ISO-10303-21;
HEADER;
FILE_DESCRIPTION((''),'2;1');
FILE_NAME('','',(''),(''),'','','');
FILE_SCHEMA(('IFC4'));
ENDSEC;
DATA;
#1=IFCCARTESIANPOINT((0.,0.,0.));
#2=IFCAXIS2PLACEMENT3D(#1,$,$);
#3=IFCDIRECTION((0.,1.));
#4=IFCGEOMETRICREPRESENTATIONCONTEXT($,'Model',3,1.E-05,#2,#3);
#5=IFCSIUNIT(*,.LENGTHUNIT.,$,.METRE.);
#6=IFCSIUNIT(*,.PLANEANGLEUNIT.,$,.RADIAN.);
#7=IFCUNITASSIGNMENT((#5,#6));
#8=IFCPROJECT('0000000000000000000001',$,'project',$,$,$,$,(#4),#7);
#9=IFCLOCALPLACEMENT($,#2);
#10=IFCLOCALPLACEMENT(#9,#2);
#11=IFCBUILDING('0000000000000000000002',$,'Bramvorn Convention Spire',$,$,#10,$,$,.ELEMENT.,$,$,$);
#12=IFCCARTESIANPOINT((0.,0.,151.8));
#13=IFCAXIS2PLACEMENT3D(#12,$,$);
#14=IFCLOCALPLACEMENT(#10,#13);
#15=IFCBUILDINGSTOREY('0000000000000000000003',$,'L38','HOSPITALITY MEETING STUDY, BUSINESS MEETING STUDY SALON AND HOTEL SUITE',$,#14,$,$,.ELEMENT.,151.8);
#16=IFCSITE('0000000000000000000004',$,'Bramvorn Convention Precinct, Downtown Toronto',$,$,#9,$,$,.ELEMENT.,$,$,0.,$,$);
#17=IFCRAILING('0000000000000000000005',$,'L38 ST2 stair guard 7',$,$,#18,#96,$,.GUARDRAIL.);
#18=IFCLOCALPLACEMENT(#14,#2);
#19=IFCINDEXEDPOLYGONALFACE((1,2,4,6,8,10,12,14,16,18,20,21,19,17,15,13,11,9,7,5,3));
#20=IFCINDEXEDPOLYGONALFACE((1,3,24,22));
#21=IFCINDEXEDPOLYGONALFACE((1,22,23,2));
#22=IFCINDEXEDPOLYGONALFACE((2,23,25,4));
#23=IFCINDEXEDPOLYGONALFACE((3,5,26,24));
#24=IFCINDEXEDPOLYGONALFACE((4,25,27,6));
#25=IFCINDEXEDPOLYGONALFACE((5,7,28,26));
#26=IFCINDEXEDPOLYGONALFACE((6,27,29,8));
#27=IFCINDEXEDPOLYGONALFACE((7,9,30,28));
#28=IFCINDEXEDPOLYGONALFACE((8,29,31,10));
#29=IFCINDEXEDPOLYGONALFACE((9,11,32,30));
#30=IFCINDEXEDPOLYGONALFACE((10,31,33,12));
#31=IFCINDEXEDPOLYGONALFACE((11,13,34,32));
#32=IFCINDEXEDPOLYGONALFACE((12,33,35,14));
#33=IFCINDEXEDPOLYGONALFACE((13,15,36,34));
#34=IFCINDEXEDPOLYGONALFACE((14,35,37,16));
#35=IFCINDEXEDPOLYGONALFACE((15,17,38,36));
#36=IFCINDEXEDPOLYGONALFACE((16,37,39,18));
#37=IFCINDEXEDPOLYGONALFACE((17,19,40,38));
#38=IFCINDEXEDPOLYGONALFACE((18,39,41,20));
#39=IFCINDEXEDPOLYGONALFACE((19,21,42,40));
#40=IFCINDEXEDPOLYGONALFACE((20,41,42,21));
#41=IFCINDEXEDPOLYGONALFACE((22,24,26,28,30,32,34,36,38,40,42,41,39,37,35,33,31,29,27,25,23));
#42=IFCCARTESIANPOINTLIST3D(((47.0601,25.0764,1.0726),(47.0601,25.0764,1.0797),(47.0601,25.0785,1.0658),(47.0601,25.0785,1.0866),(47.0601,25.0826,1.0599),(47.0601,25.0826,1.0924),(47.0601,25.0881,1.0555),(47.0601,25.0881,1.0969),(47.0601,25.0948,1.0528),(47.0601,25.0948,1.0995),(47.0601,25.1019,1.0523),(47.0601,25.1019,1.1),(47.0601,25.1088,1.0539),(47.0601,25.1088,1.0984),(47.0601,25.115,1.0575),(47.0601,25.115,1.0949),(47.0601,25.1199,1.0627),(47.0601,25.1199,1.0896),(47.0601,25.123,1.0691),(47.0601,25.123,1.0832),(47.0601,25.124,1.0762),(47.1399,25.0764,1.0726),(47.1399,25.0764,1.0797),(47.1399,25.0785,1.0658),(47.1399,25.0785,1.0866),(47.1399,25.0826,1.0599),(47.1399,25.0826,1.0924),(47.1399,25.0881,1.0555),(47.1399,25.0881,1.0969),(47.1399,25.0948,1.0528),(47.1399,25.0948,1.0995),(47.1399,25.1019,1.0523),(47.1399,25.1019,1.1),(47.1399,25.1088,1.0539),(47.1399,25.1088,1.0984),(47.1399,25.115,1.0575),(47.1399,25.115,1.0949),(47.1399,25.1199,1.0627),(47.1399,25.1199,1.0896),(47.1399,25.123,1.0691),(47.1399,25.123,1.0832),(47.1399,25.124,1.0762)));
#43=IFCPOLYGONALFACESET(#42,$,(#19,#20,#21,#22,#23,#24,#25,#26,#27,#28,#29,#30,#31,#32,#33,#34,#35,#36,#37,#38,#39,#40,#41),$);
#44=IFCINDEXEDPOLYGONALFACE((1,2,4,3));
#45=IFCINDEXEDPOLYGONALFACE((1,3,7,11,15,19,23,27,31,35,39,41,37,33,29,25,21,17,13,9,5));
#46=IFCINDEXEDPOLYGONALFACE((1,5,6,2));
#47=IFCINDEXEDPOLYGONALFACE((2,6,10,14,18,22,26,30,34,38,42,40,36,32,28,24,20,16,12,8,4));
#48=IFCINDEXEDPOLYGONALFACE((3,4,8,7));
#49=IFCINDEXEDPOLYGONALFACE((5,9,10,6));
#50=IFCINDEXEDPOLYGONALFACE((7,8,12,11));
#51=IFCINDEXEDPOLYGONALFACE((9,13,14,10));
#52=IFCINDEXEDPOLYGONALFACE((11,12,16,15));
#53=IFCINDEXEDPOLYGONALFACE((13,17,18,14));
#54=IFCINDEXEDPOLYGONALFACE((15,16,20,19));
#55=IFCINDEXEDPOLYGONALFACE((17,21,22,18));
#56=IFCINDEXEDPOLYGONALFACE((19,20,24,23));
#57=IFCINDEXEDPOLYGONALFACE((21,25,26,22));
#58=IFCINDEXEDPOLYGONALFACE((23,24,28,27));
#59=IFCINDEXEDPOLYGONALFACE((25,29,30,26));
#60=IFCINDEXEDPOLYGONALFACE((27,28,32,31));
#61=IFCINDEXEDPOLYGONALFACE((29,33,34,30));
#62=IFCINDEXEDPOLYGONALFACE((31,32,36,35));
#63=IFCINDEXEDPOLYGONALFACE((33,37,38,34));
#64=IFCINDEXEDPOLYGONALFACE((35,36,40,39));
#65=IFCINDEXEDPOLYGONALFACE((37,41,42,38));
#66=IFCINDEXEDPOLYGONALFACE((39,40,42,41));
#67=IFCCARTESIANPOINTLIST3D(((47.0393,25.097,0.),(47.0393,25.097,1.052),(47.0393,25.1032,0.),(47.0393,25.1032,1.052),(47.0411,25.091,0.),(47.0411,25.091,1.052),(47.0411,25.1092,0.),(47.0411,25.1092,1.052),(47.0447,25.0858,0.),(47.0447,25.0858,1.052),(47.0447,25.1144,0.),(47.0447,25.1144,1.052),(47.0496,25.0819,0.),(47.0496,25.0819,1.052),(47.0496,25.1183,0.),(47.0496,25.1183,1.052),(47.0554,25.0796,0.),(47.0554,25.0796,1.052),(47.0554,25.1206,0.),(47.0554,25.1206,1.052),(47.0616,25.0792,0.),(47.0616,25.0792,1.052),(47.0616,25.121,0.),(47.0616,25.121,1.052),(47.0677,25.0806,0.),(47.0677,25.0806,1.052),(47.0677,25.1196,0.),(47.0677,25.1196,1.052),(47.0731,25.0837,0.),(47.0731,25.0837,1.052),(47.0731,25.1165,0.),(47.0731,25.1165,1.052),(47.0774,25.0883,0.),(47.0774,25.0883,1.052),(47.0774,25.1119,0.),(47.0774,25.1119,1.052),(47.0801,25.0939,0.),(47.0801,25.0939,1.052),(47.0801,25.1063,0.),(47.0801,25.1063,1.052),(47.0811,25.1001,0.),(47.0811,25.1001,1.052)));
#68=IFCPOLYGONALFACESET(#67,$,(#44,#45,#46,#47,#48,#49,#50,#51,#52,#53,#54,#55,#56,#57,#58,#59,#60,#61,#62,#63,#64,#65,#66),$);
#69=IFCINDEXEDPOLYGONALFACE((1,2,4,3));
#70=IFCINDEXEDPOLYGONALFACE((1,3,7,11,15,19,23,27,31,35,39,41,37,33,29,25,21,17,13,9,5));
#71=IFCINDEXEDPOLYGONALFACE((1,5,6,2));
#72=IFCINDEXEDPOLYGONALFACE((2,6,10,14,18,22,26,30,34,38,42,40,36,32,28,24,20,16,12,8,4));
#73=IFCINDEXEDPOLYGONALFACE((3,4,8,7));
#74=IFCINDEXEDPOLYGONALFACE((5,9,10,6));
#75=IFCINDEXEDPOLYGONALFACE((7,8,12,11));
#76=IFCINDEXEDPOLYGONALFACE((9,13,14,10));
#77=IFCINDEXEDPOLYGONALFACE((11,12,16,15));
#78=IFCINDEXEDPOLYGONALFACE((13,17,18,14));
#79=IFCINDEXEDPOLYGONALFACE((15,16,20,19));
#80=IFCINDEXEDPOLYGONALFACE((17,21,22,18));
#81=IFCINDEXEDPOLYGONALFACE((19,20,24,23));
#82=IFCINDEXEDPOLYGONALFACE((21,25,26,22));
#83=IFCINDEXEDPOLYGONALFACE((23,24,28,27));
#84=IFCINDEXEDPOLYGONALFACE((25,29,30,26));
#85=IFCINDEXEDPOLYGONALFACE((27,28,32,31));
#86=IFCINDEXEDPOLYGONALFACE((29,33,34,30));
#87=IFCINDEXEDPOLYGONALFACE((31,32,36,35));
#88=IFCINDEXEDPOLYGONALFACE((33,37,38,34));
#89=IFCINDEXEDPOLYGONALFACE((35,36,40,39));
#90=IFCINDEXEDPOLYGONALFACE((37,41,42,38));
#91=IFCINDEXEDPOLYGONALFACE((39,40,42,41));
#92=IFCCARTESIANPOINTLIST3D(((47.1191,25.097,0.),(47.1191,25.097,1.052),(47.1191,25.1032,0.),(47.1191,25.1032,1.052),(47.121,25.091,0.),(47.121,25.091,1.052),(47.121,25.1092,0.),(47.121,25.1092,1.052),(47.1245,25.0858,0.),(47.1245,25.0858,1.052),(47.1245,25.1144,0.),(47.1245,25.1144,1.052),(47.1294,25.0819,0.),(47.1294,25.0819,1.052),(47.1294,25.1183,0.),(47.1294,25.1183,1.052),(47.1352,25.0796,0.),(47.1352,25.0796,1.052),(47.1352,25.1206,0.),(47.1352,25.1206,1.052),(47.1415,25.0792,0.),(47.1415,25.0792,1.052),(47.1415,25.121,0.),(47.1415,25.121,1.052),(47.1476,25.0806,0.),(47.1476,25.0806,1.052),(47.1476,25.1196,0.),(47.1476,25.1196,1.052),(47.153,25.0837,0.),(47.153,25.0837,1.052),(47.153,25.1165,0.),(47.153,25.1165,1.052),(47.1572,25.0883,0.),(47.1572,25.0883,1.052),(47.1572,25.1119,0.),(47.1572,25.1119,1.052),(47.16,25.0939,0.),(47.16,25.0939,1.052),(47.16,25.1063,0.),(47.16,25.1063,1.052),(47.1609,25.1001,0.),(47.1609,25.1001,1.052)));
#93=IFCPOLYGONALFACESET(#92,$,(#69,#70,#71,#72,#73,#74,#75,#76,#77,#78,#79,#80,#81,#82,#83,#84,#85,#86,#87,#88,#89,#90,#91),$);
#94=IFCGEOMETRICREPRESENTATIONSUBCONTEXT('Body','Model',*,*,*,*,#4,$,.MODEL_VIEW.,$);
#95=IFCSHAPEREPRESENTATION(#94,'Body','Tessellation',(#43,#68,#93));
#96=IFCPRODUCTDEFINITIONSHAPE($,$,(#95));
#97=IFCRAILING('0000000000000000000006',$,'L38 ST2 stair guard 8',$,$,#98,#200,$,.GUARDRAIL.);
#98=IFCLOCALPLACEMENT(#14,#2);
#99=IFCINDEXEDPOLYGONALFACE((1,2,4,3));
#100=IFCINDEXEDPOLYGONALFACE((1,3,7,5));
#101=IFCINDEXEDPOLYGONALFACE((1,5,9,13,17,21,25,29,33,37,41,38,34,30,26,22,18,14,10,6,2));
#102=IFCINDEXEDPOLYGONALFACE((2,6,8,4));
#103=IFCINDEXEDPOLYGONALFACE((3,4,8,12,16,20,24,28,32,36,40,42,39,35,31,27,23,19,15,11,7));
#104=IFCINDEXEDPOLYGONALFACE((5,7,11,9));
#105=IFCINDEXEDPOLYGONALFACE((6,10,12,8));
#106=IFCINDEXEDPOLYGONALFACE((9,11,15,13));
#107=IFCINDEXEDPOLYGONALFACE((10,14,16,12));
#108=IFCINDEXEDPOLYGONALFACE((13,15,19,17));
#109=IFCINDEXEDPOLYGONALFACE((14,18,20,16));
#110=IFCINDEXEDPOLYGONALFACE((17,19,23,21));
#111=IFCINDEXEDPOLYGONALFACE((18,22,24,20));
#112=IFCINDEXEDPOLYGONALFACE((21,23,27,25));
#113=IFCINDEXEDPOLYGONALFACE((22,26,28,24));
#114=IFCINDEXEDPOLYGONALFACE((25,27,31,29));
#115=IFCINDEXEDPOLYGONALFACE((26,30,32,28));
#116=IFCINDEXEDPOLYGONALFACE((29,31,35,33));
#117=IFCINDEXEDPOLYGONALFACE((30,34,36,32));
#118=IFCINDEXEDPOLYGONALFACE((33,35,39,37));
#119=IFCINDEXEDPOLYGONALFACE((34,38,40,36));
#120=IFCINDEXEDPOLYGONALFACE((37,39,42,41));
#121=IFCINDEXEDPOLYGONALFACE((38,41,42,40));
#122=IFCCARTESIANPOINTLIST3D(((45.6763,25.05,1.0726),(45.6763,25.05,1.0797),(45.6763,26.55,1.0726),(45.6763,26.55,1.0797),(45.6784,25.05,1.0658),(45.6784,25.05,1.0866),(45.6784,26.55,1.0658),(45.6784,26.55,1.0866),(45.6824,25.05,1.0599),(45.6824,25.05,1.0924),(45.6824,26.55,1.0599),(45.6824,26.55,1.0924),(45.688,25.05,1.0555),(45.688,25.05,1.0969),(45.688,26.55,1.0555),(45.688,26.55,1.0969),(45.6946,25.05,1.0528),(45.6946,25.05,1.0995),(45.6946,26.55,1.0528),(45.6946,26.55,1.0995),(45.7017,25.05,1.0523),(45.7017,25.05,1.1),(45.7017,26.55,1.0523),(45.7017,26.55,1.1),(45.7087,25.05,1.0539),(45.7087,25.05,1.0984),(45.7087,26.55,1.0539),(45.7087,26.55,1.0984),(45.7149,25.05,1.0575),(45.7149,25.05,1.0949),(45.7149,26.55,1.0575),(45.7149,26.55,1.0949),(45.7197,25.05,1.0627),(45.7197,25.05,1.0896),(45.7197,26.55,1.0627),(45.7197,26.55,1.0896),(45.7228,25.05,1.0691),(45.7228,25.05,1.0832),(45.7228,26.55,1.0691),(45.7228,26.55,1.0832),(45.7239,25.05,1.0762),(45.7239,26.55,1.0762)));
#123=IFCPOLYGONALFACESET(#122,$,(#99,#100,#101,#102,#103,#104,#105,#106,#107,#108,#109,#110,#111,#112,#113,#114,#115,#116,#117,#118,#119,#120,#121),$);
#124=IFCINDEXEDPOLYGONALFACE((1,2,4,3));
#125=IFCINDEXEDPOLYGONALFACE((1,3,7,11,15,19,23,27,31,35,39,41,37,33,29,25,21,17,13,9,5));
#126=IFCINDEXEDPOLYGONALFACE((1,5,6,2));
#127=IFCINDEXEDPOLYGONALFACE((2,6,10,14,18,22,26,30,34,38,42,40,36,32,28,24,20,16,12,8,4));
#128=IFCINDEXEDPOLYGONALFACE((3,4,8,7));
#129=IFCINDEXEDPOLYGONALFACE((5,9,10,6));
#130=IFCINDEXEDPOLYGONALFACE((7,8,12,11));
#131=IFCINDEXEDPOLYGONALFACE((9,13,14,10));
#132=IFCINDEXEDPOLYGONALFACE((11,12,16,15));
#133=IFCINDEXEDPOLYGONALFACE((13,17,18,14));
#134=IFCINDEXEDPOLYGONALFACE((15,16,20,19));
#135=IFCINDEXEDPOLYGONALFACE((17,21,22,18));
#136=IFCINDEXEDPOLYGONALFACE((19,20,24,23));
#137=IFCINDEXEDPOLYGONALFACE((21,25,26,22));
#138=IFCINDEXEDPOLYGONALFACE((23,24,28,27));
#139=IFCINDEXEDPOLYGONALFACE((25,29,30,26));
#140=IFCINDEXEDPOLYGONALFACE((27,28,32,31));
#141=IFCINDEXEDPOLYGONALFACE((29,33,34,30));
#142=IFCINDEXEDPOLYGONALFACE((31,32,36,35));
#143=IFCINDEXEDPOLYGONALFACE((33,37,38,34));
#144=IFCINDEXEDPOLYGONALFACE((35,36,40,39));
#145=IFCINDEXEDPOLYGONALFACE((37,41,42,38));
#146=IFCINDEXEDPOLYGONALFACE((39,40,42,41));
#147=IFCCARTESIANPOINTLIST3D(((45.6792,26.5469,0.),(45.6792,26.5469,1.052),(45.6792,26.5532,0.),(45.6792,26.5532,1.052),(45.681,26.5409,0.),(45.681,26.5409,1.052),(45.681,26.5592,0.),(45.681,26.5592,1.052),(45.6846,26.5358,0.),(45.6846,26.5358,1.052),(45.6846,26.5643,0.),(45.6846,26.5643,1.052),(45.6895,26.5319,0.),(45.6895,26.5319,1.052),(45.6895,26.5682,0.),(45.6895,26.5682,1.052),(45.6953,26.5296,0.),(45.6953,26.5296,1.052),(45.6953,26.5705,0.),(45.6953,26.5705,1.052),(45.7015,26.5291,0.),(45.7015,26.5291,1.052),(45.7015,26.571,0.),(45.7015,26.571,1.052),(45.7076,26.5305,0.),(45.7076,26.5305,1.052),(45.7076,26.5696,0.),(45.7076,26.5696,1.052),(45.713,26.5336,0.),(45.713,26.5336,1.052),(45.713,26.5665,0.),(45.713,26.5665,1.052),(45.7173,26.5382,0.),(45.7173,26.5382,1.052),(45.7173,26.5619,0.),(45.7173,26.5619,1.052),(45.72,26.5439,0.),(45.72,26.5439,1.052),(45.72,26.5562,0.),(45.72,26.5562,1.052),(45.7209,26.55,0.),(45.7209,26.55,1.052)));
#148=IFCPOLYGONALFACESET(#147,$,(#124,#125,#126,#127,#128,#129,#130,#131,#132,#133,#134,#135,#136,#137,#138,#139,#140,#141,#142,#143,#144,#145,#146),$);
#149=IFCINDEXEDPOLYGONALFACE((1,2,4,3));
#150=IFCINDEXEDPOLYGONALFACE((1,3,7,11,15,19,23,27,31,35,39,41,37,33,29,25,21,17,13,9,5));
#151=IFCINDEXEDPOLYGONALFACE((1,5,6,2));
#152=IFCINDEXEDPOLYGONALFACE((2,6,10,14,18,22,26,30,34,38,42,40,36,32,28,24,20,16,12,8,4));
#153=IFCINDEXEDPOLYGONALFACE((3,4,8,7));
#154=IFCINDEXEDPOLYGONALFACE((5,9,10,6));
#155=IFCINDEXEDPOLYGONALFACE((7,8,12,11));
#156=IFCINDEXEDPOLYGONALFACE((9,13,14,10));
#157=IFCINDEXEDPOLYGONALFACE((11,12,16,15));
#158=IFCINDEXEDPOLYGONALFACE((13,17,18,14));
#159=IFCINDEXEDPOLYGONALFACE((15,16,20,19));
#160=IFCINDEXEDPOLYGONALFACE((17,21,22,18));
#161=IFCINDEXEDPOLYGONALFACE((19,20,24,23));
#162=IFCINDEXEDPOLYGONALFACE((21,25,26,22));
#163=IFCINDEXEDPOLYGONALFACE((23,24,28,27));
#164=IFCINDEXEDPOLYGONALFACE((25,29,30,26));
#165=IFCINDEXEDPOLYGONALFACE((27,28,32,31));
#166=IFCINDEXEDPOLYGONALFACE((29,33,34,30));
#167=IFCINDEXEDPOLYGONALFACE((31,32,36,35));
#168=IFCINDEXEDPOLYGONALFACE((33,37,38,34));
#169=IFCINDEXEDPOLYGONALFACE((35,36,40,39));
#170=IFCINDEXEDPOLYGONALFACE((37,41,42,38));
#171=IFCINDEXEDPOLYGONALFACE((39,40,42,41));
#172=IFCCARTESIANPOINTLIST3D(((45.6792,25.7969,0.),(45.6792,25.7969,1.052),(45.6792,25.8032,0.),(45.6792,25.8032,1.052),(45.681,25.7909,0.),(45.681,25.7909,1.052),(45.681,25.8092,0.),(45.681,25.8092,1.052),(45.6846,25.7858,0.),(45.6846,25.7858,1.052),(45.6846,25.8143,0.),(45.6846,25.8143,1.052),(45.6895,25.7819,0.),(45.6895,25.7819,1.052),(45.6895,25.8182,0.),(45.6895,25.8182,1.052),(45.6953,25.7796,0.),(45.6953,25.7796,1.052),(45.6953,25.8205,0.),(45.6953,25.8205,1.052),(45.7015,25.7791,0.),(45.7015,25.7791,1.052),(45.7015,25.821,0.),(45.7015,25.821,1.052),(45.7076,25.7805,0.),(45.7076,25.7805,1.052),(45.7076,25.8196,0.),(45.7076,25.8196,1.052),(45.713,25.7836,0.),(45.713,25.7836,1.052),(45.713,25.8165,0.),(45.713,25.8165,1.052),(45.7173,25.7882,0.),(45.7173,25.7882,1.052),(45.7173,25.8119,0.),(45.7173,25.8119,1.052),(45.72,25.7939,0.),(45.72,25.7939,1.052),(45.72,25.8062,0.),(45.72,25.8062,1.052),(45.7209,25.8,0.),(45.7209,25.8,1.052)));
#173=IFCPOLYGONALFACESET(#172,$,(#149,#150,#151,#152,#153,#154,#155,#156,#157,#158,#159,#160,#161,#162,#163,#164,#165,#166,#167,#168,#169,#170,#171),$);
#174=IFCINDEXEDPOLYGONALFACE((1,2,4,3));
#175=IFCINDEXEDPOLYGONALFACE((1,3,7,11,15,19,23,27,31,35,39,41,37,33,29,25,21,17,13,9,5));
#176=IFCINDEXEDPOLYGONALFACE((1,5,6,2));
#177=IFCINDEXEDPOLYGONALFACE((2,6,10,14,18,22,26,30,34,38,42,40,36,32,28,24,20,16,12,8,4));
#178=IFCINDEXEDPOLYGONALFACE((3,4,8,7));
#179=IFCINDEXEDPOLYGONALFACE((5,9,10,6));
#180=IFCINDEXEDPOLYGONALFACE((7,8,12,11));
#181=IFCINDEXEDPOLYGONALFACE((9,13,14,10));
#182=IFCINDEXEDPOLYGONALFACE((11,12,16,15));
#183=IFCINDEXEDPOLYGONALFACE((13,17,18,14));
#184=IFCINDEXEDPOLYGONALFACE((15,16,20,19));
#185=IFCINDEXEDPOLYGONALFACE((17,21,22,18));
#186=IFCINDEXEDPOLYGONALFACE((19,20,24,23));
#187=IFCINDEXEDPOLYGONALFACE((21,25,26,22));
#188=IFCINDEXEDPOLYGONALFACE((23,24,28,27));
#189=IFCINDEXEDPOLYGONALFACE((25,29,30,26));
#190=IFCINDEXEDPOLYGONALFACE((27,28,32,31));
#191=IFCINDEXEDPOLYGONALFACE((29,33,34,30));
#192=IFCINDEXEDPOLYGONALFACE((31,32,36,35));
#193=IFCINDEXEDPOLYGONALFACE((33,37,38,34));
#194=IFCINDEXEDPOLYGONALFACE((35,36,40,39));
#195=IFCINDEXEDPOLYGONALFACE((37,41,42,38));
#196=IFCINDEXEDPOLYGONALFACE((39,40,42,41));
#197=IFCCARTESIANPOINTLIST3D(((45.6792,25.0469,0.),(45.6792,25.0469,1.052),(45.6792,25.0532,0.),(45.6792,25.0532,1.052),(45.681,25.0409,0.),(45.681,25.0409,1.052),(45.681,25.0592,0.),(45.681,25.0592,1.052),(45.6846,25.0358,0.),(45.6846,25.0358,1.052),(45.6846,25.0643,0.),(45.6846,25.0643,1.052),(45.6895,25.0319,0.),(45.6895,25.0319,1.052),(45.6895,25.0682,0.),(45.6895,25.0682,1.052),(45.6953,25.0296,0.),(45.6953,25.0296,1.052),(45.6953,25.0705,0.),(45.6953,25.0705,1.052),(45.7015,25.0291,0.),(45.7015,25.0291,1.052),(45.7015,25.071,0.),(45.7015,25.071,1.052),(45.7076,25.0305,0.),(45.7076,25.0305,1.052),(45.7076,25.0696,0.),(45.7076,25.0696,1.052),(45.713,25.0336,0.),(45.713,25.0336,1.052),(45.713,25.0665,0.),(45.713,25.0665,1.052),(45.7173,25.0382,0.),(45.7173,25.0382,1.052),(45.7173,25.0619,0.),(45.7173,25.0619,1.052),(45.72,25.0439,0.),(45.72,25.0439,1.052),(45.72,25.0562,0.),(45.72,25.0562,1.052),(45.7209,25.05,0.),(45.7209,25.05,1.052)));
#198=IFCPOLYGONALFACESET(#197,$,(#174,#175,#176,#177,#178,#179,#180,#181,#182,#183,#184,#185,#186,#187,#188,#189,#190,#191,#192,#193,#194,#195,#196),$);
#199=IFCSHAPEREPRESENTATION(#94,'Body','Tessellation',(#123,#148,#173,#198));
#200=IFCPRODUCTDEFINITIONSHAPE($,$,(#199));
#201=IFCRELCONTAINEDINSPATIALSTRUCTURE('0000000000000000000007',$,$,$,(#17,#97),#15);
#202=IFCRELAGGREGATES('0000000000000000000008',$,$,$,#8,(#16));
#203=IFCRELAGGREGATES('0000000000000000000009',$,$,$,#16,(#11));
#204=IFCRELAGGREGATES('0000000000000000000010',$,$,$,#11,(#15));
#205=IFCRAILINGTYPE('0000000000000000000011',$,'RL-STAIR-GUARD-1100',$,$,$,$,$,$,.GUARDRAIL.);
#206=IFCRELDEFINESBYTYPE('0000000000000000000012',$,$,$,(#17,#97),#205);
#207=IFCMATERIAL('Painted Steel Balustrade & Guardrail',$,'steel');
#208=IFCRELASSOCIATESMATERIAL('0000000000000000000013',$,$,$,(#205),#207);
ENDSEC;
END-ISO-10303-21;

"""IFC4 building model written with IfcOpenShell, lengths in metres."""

from ifc_helpers import new_model, si_unit, direction, frame, origin, origin_2d, place, context, subcontext, project, spatial, circle, extrude, material, type_object, element, save


model = new_model("IFC4")

# Units and contexts
model_context = context("Model", 3, precision=1e-05, world=origin(), true_north=direction((0.0, 1.0)))
body_context = subcontext(model_context, "Body", "Model", "MODEL_VIEW")
ifc_project = project(units=[si_unit("LENGTHUNIT", "METRE"), si_unit("PLANEANGLEUNIT", "RADIAN")], contexts=[model_context])

# Site, building, storey
site_placement = place(None, origin())
site = spatial("IfcSite", under=ifc_project, at=site_placement, Name="Bramvorn Convention Precinct, Downtown Toronto", CompositionType="ELEMENT", RefElevation=0.0)
building_placement = place(site_placement, origin())
building = spatial("IfcBuilding", under=site, at=building_placement, Name="Bramvorn Convention Spire", CompositionType="ELEMENT")
storey_placement = place(building_placement, frame((0.0, 0.0, 151.8)))
storey = spatial("IfcBuildingStorey", under=building, at=storey_placement, Name="L38", Description="HOSPITALITY MEETING STUDY, BUSINESS MEETING STUDY SALON AND HOTEL SUITE", CompositionType="ELEMENT", Elevation=151.8)

# Railings
ifc_material_1 = material(Name="Painted Steel Balustrade & Guardrail", Category="steel")
railing_type_1 = type_object("IfcRailingType", Name="RL-STAIR-GUARD-1100", PredefinedType="GUARDRAIL", material=ifc_material_1)
railing_1_placement = place(storey_placement, frame((47.0601, 25.1001, 0.0)))
element("IfcRailing", 1, at=railing_1_placement, inside=storey, type_object=railing_type_1, Name="L38 ST2 stair guard 7", PredefinedType="GUARDRAIL", context=body_context, shape_type="SweptSolid", body=[
    extrude(circle(Radius=0.0239, at=origin_2d()), frame((0.0, 0.0, 1.0762), z_axis=(1.0, 0.0, 0.0), x_axis=(0.0, 1.0, 0.0)), (0.0, 0.0, 1.0), 0.0798),
    extrude(circle(Radius=0.021, at=origin_2d()), origin(), (0.0, 0.0, 1.0), 1.052),
    extrude(circle(Radius=0.021, at=origin_2d()), frame((0.0798, 0.0, 0.0)), (0.0, 0.0, 1.0), 1.052),
])
for number, where, name in (
    (2, (45.7, 26.55, 0.0), "L38 ST2 stair guard 8"),
):
    element("IfcRailing", number, at=place(storey_placement, frame(where)), inside=storey, type_object=railing_type_1, Name=name, PredefinedType="GUARDRAIL", context=body_context, shape_type="SweptSolid", body=[
        extrude(circle(Radius=0.0239, at=origin_2d()), frame((0.0, 0.0, 1.0762), z_axis=(0.0, -1.0, 0.0), x_axis=(1.0, 0.0, 0.0)), (0.0, 0.0, 1.0), 1.5),
        extrude(circle(Radius=0.021, at=origin_2d()), origin(), (0.0, 0.0, 1.0), 1.052),
        extrude(circle(Radius=0.021, at=origin_2d()), frame((0.0, -0.75, 0.0)), (0.0, 0.0, 1.0), 1.052),
        extrude(circle(Radius=0.021, at=origin_2d()), frame((0.0, -1.5, 0.0)), (0.0, 0.0, 1.0), 1.052),
    ])

save(model, "model.ifc")
